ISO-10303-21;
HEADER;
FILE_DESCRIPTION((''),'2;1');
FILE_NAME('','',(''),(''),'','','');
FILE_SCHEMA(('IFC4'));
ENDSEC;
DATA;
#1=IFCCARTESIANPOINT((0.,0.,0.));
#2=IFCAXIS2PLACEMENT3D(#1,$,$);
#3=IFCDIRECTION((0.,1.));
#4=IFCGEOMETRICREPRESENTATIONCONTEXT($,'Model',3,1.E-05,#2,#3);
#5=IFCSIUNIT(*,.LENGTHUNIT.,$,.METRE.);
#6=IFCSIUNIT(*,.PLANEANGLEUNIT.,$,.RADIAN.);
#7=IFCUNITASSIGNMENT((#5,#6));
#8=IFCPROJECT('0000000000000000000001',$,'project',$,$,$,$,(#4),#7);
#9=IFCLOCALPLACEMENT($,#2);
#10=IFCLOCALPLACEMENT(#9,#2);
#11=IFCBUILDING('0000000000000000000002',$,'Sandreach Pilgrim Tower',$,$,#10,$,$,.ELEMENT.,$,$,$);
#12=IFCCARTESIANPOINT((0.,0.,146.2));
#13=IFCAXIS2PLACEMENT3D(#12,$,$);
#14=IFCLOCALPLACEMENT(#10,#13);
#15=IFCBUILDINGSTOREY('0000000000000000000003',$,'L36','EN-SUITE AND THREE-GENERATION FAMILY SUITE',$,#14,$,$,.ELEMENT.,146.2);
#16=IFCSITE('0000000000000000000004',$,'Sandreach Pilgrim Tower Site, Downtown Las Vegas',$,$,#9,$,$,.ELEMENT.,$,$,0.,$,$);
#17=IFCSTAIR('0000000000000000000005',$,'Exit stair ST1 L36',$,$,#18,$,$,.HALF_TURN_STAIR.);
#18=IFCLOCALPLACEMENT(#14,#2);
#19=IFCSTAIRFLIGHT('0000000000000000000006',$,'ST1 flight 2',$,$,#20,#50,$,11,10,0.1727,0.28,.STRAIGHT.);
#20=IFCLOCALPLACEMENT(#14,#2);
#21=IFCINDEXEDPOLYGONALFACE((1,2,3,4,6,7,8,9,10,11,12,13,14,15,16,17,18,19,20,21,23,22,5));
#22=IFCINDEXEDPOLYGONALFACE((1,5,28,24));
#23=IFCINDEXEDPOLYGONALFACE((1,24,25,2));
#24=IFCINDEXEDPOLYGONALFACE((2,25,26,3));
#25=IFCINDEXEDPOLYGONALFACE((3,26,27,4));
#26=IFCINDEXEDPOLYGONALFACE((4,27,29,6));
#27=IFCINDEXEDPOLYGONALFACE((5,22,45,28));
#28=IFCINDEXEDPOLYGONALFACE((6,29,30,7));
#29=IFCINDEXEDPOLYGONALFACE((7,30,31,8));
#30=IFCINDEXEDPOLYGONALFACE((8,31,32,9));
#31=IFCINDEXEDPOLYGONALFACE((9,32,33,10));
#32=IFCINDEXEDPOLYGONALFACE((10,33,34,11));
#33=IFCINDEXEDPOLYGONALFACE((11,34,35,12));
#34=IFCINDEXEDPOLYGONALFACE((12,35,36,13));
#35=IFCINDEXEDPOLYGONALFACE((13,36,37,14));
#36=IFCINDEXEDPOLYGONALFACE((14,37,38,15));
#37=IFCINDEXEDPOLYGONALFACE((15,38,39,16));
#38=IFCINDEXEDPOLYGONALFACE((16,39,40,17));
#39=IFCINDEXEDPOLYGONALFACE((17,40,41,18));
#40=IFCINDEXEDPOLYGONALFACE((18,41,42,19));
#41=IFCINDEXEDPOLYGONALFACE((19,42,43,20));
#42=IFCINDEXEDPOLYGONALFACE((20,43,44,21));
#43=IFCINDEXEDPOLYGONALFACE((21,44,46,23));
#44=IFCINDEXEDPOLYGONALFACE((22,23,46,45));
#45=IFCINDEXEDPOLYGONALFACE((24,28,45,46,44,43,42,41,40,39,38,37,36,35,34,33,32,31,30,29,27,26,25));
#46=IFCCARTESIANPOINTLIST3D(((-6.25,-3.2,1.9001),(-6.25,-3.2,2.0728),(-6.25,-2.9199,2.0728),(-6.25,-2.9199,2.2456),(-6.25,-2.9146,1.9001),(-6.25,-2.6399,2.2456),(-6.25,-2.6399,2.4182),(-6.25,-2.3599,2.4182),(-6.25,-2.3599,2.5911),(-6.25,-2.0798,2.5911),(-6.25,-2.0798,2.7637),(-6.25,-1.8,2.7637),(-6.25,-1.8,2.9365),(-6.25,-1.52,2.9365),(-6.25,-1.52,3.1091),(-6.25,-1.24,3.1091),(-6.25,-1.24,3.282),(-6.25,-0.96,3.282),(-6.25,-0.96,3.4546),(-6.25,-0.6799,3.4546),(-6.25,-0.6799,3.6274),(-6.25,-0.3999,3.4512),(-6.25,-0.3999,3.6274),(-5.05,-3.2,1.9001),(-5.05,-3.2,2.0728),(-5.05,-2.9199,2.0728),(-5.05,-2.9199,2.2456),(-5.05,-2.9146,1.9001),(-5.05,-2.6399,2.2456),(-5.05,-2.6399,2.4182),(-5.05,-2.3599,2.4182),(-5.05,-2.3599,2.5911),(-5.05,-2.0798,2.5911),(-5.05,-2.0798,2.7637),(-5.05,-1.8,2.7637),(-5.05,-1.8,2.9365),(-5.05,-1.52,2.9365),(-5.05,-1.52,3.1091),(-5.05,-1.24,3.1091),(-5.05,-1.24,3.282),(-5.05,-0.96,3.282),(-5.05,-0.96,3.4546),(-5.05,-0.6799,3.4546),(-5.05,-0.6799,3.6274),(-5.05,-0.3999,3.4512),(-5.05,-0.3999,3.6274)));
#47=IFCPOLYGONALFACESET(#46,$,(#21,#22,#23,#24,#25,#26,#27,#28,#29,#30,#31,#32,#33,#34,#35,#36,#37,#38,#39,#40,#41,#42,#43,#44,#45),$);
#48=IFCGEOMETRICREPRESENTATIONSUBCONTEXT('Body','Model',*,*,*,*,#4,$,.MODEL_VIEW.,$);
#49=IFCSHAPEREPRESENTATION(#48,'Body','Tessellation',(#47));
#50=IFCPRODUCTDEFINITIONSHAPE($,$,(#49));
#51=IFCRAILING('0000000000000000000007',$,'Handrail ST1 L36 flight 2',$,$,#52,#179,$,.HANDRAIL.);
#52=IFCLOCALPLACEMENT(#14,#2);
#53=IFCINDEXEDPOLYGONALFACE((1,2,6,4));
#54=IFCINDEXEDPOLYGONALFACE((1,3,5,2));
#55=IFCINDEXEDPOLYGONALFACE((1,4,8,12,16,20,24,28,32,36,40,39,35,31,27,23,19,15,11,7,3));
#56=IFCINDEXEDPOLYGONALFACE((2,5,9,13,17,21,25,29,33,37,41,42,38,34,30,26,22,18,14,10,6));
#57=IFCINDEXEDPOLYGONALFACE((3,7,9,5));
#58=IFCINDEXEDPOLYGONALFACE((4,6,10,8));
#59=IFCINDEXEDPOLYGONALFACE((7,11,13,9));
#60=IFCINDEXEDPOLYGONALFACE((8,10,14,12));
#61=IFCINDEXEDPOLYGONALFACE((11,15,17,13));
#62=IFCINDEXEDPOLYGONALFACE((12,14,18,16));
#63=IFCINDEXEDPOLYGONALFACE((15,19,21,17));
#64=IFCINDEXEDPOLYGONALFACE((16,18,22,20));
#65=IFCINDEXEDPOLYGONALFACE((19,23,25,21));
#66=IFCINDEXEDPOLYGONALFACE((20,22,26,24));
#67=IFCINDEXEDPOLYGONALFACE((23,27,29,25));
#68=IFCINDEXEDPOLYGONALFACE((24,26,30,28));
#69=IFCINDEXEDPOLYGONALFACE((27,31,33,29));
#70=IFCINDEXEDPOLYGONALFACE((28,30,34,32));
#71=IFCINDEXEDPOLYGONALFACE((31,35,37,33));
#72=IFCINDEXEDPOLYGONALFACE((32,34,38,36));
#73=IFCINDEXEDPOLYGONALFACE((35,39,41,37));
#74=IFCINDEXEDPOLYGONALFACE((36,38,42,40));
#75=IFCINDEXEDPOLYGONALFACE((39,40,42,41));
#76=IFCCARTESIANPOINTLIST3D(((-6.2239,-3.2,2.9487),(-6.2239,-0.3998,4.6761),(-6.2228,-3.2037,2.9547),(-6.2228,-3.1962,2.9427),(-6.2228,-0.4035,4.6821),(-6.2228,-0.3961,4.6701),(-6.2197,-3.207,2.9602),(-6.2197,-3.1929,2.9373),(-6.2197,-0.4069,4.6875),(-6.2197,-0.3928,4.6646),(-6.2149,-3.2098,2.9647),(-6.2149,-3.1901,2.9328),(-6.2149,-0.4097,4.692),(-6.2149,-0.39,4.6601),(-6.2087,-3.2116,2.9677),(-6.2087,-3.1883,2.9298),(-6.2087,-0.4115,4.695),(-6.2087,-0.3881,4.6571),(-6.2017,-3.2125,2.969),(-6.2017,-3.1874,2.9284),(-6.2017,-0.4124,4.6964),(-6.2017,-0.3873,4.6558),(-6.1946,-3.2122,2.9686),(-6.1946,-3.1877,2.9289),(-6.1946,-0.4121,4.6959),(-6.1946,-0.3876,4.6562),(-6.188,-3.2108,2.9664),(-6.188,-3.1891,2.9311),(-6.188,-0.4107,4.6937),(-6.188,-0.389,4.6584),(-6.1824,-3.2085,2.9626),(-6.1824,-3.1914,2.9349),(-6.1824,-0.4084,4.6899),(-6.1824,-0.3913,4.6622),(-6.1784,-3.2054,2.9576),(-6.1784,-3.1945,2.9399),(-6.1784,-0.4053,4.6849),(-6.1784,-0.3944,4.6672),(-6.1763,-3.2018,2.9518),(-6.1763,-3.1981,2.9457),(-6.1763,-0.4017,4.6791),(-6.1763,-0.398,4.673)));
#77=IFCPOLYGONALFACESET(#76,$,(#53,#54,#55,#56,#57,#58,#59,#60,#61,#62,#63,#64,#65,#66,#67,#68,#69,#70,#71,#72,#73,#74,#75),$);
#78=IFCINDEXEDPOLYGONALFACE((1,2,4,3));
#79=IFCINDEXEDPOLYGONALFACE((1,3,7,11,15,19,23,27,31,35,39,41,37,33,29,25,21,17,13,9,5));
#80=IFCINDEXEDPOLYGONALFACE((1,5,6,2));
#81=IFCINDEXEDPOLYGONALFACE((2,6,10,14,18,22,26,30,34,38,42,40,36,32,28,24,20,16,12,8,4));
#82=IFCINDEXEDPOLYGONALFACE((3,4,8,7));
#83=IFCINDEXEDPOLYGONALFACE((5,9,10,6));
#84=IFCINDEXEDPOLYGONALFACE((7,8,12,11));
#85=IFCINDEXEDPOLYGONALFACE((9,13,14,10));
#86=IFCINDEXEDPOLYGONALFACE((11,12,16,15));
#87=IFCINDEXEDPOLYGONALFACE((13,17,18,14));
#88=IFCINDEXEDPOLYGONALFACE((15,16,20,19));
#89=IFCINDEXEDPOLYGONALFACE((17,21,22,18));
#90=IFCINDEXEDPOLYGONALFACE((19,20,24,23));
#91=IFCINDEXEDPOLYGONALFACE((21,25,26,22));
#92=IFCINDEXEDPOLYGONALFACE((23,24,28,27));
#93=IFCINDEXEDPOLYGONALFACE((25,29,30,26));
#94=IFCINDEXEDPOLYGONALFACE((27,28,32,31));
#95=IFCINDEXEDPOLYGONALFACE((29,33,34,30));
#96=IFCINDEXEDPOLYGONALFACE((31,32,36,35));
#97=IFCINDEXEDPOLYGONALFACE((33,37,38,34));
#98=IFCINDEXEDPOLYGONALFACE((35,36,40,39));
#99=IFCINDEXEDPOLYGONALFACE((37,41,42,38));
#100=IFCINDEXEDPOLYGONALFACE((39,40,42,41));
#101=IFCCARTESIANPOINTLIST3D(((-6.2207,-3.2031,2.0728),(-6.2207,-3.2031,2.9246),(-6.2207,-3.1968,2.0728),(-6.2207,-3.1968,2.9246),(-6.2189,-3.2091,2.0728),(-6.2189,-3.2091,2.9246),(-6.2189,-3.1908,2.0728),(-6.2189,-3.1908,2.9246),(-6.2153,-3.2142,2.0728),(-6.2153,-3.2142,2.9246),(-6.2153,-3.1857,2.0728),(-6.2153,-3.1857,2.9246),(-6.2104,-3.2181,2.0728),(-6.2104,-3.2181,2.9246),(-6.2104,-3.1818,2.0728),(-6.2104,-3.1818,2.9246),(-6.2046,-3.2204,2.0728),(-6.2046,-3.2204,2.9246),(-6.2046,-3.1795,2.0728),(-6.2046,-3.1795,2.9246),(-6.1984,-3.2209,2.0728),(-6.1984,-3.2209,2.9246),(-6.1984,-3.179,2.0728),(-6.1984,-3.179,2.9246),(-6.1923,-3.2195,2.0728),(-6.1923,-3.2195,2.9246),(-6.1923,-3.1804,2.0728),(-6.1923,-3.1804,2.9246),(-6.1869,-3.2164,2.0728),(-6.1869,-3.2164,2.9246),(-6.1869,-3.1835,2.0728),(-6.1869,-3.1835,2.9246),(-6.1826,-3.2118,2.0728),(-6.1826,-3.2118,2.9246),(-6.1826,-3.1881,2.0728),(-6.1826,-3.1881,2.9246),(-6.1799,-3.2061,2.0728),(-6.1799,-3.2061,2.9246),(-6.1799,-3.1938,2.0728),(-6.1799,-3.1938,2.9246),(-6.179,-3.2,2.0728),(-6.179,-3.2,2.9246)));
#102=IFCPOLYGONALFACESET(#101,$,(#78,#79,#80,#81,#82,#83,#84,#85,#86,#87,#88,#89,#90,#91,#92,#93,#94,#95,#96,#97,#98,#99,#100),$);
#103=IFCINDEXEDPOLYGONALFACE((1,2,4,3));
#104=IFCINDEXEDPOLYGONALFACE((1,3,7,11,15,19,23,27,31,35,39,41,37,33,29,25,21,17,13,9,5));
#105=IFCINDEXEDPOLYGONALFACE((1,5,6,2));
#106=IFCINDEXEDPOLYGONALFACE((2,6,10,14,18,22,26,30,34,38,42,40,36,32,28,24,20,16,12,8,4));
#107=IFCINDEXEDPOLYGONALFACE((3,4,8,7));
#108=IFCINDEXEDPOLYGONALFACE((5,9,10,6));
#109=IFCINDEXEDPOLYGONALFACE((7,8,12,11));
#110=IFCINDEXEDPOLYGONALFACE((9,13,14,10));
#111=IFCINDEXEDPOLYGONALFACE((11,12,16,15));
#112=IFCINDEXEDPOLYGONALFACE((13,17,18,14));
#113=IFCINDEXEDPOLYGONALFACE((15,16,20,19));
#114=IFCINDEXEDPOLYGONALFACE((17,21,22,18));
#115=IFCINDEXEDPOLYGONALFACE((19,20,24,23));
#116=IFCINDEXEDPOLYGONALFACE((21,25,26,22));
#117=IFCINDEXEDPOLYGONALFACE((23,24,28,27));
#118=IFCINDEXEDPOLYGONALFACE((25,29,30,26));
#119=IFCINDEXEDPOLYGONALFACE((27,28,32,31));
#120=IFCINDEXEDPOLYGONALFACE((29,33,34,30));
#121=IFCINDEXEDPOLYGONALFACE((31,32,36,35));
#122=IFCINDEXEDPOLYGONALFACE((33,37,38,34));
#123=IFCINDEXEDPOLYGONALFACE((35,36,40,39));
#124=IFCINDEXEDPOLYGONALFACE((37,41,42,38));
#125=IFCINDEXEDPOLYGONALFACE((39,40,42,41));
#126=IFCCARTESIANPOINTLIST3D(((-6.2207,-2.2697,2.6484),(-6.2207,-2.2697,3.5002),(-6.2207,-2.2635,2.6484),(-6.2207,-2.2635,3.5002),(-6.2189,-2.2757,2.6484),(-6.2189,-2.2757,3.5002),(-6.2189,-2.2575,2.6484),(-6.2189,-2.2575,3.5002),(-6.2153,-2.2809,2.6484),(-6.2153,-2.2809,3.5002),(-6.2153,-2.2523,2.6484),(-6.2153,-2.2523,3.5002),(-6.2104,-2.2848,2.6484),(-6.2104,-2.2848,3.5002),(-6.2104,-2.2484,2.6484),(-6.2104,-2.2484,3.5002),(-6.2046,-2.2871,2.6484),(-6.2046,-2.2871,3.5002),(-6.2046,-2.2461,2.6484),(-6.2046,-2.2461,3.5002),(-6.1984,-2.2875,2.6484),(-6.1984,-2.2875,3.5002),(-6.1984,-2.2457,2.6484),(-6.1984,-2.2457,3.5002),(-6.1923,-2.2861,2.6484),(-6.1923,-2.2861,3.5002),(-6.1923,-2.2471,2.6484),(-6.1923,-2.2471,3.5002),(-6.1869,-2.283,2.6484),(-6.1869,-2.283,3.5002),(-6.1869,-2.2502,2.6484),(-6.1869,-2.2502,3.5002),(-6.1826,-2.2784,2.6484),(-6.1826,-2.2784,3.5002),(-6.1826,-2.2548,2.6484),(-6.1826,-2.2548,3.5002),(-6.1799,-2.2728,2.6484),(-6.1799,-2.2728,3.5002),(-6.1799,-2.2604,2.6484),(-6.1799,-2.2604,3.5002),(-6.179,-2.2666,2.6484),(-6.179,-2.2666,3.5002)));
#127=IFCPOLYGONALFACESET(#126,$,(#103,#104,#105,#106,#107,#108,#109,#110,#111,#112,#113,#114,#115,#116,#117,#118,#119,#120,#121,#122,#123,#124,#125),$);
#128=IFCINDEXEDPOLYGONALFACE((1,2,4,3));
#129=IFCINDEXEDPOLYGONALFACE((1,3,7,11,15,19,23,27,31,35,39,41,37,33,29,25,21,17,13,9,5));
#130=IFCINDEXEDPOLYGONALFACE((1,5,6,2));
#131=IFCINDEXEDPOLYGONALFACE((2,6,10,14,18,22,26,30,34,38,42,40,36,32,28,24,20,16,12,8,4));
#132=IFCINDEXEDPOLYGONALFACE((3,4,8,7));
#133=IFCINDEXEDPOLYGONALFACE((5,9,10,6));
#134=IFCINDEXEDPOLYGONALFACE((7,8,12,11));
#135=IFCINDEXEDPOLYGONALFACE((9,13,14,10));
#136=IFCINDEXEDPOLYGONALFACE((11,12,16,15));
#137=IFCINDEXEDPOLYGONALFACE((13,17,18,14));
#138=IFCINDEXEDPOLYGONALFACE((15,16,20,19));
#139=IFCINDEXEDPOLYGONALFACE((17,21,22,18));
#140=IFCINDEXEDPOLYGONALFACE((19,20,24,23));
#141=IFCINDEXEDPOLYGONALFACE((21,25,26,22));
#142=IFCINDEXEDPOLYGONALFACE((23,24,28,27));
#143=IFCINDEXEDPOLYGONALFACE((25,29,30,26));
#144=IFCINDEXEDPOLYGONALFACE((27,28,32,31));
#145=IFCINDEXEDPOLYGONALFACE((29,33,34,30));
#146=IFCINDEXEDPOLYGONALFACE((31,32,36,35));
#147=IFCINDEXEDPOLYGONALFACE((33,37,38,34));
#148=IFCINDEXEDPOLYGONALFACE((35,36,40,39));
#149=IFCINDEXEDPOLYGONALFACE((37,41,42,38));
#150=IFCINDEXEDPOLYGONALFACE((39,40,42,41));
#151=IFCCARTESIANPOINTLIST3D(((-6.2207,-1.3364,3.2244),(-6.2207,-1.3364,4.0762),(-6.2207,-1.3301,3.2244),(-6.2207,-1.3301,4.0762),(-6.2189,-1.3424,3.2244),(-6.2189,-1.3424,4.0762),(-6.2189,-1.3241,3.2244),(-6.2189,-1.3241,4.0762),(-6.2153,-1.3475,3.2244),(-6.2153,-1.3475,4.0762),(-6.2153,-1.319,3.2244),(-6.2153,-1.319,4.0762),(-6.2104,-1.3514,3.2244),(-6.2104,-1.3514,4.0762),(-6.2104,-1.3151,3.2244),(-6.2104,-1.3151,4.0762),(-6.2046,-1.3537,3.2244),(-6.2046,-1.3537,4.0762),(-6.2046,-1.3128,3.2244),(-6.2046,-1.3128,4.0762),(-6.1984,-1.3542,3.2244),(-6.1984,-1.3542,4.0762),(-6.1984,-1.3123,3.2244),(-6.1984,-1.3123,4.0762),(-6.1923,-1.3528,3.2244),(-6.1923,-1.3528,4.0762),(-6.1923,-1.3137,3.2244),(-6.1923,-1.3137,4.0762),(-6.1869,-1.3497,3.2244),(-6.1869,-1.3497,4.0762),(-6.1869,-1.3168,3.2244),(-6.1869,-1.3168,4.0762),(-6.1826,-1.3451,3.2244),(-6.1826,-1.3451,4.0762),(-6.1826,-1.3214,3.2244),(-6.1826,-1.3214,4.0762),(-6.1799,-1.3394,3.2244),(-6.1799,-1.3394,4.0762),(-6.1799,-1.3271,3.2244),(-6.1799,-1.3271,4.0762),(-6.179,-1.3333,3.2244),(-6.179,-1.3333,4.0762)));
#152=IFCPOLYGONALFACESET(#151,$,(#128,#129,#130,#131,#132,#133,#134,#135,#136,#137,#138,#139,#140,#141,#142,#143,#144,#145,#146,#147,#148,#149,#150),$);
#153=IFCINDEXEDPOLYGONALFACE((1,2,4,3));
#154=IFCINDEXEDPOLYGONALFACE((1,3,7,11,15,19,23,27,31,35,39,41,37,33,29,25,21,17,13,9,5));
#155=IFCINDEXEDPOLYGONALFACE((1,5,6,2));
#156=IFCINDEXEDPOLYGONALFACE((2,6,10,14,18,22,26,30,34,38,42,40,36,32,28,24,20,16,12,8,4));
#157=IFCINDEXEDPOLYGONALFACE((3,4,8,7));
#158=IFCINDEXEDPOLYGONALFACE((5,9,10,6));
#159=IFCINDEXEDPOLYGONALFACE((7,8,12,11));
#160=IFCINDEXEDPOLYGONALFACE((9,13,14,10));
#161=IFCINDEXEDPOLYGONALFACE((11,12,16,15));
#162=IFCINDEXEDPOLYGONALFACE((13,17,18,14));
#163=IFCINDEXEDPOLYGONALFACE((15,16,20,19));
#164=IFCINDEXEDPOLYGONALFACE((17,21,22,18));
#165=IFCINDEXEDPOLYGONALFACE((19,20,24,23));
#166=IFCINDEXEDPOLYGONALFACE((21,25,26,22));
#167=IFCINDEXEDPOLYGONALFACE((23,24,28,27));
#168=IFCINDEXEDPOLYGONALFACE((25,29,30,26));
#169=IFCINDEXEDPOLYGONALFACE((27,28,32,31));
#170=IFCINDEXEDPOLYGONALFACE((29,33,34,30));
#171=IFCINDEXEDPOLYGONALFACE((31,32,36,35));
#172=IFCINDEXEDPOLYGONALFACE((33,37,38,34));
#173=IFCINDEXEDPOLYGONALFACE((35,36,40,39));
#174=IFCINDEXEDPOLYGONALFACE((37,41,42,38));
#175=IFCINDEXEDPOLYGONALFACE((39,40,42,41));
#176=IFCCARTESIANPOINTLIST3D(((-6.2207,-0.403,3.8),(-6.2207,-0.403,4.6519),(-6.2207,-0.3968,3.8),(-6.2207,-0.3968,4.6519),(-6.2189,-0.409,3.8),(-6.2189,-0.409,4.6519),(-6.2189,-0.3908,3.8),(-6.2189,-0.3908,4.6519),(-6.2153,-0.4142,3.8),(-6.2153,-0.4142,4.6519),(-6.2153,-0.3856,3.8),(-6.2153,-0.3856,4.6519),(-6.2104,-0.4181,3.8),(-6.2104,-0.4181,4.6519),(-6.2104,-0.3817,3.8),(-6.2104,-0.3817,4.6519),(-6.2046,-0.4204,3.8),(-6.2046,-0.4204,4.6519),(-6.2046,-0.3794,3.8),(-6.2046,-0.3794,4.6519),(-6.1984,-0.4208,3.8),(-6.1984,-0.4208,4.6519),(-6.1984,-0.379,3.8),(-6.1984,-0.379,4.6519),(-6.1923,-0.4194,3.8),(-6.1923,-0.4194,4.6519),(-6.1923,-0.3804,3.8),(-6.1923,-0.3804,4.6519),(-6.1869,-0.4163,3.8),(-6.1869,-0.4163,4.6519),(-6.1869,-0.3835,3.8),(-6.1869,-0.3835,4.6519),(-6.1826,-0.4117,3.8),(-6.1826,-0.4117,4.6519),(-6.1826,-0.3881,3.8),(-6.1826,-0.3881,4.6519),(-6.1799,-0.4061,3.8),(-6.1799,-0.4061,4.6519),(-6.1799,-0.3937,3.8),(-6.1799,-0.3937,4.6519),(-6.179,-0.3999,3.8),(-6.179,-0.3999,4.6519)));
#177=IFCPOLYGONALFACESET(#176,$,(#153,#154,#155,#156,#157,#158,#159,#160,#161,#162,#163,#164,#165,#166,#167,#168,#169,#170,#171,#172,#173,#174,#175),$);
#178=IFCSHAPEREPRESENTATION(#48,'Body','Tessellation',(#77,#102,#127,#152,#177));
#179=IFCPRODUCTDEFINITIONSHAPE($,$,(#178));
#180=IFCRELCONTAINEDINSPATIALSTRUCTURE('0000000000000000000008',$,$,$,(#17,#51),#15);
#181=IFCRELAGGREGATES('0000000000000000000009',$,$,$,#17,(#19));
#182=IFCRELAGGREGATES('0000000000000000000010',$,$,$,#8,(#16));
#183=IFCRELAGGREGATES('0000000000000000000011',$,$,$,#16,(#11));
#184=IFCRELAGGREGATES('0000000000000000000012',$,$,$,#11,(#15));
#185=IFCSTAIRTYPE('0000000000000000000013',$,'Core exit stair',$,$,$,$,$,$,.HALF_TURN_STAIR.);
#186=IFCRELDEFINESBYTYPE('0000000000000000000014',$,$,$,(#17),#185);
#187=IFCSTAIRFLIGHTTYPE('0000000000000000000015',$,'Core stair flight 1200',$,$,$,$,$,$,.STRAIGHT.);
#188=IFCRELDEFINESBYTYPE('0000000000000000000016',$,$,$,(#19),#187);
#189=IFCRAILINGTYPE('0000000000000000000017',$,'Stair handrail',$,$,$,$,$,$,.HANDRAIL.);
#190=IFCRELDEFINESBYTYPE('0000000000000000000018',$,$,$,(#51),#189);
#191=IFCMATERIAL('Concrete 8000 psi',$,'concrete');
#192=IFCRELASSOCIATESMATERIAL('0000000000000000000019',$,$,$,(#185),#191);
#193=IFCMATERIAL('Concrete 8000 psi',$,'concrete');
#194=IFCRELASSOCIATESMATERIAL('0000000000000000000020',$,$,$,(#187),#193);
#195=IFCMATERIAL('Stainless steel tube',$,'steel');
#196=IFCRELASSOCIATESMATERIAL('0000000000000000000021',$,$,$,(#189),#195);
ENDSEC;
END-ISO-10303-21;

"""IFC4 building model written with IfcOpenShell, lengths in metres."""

from ifc_helpers import new_model, si_unit, direction, frame, origin, origin_2d, place, context, subcontext, project, spatial, polyline, circle, outline, extrude, material, type_object, element, aggregate, save


model = new_model("IFC4")

# Units and contexts
model_context = context("Model", 3, precision=1e-05, world=origin(), true_north=direction((0.0, 1.0)))
body_context = subcontext(model_context, "Body", "Model", "MODEL_VIEW")
ifc_project = project(units=[si_unit("LENGTHUNIT", "METRE"), si_unit("PLANEANGLEUNIT", "RADIAN")], contexts=[model_context])

# Site, building, storey
site_placement = place(None, origin())
site = spatial("IfcSite", under=ifc_project, at=site_placement, Name="Sandreach Pilgrim Tower Site, Downtown Las Vegas", CompositionType="ELEMENT", RefElevation=0.0)
building_placement = place(site_placement, origin())
building = spatial("IfcBuilding", under=site, at=building_placement, Name="Sandreach Pilgrim Tower", CompositionType="ELEMENT")
storey_placement = place(building_placement, frame((0.0, 0.0, 146.2)))
storey = spatial("IfcBuildingStorey", under=building, at=storey_placement, Name="L36", Description="EN-SUITE AND THREE-GENERATION FAMILY SUITE", CompositionType="ELEMENT", Elevation=146.2)

# Stair, stair flight
ifc_material_1 = material(Name="Concrete 8000 psi", Category="concrete")
stair_type = type_object("IfcStairType", Name="Core exit stair", PredefinedType="HALF_TURN_STAIR", material=ifc_material_1)
stair_placement = place(storey_placement, origin())
stair = element("IfcStair", 1, at=stair_placement, inside=storey, type_object=stair_type, Name="Exit stair ST1 L36", PredefinedType="HALF_TURN_STAIR")
ifc_material_2 = material(Name="Concrete 8000 psi", Category="concrete")
stair_flight_type = type_object("IfcStairFlightType", Name="Core stair flight 1200", PredefinedType="STRAIGHT", material=ifc_material_2)
stair_flight_placement = place(storey_placement, frame((-5.6499, -3.2, 1.9001), z_axis=(0.0, 0.0, 1.0), x_axis=(0.0, 1.0, 0.0)))
stair_flight = element("IfcStairFlight", 2, at=stair_flight_placement, type_object=stair_flight_type, Name="ST1 flight 2", NumberOfRisers=11, NumberOfTreads=10, PredefinedType="STRAIGHT", RiserHeight=0.1727, TreadLength=0.28, context=body_context, shape_type="SweptSolid", body=[
    extrude(outline(polyline([(0.0, 0.0), (0.0, 0.1726), (0.28, 0.1726), (0.28, 0.3455), (0.5601, 0.3455), (0.5601, 0.5181), (0.8401, 0.5181), (0.8401, 0.6909), (1.1201, 0.6909), (1.1201, 0.8635), (1.3999, 0.8635), (1.3999, 1.0364), (1.6799, 1.0364), (1.6799, 1.209), (1.96, 1.209), (1.96, 1.3818), (2.24, 1.3818), (2.24, 1.5544), (2.52, 1.5544), (2.52, 1.7273), (2.8, 1.7273), (2.8, 1.8999), (2.8, 1.551), (0.2854, 0.0), (0.0, 0.0)])), frame((0.0, 0.6001, 0.0), z_axis=(0.0, -1.0, 0.0), x_axis=(1.0, 0.0, 0.0)), (0.0, 0.0, 1.0), 1.2),
])
aggregate(stair, [stair_flight])

# Railing
ifc_material_3 = material(Name="Stainless steel tube", Category="steel")
railing_type = type_object("IfcRailingType", Name="Stair handrail", PredefinedType="HANDRAIL", material=ifc_material_3)
for number, where, name in (
    (3, (-6.2, -3.2, 2.0728), "Handrail ST1 L36 flight 2"),
):
    element("IfcRailing", number, at=place(storey_placement, frame(where)), inside=storey, type_object=railing_type, Name=name, PredefinedType="HANDRAIL", context=body_context, shape_type="SweptSolid", body=[
        extrude(circle(Radius=0.0239, at=origin_2d()), frame((0.0, 0.0, 0.876), z_axis=(0.0, 0.85109, 0.52502), x_axis=(-1.0, 0.0, 0.0)), (0.0, 0.0, 1.0), 3.29),
        extrude(circle(Radius=0.021, at=origin_2d()), origin(), (0.0, 0.0, 1.0), 0.8518),
        extrude(circle(Radius=0.021, at=origin_2d()), frame((0.0, 0.9333, 0.5757)), (0.0, 0.0, 1.0), 0.8518),
        extrude(circle(Radius=0.021, at=origin_2d()), frame((0.0, 1.8667, 1.1516)), (0.0, 0.0, 1.0), 0.8518),
        extrude(circle(Radius=0.021, at=origin_2d()), frame((0.0, 2.8, 1.7273)), (0.0, 0.0, 1.0), 0.8518),
    ])

save(model, "model.ifc")
